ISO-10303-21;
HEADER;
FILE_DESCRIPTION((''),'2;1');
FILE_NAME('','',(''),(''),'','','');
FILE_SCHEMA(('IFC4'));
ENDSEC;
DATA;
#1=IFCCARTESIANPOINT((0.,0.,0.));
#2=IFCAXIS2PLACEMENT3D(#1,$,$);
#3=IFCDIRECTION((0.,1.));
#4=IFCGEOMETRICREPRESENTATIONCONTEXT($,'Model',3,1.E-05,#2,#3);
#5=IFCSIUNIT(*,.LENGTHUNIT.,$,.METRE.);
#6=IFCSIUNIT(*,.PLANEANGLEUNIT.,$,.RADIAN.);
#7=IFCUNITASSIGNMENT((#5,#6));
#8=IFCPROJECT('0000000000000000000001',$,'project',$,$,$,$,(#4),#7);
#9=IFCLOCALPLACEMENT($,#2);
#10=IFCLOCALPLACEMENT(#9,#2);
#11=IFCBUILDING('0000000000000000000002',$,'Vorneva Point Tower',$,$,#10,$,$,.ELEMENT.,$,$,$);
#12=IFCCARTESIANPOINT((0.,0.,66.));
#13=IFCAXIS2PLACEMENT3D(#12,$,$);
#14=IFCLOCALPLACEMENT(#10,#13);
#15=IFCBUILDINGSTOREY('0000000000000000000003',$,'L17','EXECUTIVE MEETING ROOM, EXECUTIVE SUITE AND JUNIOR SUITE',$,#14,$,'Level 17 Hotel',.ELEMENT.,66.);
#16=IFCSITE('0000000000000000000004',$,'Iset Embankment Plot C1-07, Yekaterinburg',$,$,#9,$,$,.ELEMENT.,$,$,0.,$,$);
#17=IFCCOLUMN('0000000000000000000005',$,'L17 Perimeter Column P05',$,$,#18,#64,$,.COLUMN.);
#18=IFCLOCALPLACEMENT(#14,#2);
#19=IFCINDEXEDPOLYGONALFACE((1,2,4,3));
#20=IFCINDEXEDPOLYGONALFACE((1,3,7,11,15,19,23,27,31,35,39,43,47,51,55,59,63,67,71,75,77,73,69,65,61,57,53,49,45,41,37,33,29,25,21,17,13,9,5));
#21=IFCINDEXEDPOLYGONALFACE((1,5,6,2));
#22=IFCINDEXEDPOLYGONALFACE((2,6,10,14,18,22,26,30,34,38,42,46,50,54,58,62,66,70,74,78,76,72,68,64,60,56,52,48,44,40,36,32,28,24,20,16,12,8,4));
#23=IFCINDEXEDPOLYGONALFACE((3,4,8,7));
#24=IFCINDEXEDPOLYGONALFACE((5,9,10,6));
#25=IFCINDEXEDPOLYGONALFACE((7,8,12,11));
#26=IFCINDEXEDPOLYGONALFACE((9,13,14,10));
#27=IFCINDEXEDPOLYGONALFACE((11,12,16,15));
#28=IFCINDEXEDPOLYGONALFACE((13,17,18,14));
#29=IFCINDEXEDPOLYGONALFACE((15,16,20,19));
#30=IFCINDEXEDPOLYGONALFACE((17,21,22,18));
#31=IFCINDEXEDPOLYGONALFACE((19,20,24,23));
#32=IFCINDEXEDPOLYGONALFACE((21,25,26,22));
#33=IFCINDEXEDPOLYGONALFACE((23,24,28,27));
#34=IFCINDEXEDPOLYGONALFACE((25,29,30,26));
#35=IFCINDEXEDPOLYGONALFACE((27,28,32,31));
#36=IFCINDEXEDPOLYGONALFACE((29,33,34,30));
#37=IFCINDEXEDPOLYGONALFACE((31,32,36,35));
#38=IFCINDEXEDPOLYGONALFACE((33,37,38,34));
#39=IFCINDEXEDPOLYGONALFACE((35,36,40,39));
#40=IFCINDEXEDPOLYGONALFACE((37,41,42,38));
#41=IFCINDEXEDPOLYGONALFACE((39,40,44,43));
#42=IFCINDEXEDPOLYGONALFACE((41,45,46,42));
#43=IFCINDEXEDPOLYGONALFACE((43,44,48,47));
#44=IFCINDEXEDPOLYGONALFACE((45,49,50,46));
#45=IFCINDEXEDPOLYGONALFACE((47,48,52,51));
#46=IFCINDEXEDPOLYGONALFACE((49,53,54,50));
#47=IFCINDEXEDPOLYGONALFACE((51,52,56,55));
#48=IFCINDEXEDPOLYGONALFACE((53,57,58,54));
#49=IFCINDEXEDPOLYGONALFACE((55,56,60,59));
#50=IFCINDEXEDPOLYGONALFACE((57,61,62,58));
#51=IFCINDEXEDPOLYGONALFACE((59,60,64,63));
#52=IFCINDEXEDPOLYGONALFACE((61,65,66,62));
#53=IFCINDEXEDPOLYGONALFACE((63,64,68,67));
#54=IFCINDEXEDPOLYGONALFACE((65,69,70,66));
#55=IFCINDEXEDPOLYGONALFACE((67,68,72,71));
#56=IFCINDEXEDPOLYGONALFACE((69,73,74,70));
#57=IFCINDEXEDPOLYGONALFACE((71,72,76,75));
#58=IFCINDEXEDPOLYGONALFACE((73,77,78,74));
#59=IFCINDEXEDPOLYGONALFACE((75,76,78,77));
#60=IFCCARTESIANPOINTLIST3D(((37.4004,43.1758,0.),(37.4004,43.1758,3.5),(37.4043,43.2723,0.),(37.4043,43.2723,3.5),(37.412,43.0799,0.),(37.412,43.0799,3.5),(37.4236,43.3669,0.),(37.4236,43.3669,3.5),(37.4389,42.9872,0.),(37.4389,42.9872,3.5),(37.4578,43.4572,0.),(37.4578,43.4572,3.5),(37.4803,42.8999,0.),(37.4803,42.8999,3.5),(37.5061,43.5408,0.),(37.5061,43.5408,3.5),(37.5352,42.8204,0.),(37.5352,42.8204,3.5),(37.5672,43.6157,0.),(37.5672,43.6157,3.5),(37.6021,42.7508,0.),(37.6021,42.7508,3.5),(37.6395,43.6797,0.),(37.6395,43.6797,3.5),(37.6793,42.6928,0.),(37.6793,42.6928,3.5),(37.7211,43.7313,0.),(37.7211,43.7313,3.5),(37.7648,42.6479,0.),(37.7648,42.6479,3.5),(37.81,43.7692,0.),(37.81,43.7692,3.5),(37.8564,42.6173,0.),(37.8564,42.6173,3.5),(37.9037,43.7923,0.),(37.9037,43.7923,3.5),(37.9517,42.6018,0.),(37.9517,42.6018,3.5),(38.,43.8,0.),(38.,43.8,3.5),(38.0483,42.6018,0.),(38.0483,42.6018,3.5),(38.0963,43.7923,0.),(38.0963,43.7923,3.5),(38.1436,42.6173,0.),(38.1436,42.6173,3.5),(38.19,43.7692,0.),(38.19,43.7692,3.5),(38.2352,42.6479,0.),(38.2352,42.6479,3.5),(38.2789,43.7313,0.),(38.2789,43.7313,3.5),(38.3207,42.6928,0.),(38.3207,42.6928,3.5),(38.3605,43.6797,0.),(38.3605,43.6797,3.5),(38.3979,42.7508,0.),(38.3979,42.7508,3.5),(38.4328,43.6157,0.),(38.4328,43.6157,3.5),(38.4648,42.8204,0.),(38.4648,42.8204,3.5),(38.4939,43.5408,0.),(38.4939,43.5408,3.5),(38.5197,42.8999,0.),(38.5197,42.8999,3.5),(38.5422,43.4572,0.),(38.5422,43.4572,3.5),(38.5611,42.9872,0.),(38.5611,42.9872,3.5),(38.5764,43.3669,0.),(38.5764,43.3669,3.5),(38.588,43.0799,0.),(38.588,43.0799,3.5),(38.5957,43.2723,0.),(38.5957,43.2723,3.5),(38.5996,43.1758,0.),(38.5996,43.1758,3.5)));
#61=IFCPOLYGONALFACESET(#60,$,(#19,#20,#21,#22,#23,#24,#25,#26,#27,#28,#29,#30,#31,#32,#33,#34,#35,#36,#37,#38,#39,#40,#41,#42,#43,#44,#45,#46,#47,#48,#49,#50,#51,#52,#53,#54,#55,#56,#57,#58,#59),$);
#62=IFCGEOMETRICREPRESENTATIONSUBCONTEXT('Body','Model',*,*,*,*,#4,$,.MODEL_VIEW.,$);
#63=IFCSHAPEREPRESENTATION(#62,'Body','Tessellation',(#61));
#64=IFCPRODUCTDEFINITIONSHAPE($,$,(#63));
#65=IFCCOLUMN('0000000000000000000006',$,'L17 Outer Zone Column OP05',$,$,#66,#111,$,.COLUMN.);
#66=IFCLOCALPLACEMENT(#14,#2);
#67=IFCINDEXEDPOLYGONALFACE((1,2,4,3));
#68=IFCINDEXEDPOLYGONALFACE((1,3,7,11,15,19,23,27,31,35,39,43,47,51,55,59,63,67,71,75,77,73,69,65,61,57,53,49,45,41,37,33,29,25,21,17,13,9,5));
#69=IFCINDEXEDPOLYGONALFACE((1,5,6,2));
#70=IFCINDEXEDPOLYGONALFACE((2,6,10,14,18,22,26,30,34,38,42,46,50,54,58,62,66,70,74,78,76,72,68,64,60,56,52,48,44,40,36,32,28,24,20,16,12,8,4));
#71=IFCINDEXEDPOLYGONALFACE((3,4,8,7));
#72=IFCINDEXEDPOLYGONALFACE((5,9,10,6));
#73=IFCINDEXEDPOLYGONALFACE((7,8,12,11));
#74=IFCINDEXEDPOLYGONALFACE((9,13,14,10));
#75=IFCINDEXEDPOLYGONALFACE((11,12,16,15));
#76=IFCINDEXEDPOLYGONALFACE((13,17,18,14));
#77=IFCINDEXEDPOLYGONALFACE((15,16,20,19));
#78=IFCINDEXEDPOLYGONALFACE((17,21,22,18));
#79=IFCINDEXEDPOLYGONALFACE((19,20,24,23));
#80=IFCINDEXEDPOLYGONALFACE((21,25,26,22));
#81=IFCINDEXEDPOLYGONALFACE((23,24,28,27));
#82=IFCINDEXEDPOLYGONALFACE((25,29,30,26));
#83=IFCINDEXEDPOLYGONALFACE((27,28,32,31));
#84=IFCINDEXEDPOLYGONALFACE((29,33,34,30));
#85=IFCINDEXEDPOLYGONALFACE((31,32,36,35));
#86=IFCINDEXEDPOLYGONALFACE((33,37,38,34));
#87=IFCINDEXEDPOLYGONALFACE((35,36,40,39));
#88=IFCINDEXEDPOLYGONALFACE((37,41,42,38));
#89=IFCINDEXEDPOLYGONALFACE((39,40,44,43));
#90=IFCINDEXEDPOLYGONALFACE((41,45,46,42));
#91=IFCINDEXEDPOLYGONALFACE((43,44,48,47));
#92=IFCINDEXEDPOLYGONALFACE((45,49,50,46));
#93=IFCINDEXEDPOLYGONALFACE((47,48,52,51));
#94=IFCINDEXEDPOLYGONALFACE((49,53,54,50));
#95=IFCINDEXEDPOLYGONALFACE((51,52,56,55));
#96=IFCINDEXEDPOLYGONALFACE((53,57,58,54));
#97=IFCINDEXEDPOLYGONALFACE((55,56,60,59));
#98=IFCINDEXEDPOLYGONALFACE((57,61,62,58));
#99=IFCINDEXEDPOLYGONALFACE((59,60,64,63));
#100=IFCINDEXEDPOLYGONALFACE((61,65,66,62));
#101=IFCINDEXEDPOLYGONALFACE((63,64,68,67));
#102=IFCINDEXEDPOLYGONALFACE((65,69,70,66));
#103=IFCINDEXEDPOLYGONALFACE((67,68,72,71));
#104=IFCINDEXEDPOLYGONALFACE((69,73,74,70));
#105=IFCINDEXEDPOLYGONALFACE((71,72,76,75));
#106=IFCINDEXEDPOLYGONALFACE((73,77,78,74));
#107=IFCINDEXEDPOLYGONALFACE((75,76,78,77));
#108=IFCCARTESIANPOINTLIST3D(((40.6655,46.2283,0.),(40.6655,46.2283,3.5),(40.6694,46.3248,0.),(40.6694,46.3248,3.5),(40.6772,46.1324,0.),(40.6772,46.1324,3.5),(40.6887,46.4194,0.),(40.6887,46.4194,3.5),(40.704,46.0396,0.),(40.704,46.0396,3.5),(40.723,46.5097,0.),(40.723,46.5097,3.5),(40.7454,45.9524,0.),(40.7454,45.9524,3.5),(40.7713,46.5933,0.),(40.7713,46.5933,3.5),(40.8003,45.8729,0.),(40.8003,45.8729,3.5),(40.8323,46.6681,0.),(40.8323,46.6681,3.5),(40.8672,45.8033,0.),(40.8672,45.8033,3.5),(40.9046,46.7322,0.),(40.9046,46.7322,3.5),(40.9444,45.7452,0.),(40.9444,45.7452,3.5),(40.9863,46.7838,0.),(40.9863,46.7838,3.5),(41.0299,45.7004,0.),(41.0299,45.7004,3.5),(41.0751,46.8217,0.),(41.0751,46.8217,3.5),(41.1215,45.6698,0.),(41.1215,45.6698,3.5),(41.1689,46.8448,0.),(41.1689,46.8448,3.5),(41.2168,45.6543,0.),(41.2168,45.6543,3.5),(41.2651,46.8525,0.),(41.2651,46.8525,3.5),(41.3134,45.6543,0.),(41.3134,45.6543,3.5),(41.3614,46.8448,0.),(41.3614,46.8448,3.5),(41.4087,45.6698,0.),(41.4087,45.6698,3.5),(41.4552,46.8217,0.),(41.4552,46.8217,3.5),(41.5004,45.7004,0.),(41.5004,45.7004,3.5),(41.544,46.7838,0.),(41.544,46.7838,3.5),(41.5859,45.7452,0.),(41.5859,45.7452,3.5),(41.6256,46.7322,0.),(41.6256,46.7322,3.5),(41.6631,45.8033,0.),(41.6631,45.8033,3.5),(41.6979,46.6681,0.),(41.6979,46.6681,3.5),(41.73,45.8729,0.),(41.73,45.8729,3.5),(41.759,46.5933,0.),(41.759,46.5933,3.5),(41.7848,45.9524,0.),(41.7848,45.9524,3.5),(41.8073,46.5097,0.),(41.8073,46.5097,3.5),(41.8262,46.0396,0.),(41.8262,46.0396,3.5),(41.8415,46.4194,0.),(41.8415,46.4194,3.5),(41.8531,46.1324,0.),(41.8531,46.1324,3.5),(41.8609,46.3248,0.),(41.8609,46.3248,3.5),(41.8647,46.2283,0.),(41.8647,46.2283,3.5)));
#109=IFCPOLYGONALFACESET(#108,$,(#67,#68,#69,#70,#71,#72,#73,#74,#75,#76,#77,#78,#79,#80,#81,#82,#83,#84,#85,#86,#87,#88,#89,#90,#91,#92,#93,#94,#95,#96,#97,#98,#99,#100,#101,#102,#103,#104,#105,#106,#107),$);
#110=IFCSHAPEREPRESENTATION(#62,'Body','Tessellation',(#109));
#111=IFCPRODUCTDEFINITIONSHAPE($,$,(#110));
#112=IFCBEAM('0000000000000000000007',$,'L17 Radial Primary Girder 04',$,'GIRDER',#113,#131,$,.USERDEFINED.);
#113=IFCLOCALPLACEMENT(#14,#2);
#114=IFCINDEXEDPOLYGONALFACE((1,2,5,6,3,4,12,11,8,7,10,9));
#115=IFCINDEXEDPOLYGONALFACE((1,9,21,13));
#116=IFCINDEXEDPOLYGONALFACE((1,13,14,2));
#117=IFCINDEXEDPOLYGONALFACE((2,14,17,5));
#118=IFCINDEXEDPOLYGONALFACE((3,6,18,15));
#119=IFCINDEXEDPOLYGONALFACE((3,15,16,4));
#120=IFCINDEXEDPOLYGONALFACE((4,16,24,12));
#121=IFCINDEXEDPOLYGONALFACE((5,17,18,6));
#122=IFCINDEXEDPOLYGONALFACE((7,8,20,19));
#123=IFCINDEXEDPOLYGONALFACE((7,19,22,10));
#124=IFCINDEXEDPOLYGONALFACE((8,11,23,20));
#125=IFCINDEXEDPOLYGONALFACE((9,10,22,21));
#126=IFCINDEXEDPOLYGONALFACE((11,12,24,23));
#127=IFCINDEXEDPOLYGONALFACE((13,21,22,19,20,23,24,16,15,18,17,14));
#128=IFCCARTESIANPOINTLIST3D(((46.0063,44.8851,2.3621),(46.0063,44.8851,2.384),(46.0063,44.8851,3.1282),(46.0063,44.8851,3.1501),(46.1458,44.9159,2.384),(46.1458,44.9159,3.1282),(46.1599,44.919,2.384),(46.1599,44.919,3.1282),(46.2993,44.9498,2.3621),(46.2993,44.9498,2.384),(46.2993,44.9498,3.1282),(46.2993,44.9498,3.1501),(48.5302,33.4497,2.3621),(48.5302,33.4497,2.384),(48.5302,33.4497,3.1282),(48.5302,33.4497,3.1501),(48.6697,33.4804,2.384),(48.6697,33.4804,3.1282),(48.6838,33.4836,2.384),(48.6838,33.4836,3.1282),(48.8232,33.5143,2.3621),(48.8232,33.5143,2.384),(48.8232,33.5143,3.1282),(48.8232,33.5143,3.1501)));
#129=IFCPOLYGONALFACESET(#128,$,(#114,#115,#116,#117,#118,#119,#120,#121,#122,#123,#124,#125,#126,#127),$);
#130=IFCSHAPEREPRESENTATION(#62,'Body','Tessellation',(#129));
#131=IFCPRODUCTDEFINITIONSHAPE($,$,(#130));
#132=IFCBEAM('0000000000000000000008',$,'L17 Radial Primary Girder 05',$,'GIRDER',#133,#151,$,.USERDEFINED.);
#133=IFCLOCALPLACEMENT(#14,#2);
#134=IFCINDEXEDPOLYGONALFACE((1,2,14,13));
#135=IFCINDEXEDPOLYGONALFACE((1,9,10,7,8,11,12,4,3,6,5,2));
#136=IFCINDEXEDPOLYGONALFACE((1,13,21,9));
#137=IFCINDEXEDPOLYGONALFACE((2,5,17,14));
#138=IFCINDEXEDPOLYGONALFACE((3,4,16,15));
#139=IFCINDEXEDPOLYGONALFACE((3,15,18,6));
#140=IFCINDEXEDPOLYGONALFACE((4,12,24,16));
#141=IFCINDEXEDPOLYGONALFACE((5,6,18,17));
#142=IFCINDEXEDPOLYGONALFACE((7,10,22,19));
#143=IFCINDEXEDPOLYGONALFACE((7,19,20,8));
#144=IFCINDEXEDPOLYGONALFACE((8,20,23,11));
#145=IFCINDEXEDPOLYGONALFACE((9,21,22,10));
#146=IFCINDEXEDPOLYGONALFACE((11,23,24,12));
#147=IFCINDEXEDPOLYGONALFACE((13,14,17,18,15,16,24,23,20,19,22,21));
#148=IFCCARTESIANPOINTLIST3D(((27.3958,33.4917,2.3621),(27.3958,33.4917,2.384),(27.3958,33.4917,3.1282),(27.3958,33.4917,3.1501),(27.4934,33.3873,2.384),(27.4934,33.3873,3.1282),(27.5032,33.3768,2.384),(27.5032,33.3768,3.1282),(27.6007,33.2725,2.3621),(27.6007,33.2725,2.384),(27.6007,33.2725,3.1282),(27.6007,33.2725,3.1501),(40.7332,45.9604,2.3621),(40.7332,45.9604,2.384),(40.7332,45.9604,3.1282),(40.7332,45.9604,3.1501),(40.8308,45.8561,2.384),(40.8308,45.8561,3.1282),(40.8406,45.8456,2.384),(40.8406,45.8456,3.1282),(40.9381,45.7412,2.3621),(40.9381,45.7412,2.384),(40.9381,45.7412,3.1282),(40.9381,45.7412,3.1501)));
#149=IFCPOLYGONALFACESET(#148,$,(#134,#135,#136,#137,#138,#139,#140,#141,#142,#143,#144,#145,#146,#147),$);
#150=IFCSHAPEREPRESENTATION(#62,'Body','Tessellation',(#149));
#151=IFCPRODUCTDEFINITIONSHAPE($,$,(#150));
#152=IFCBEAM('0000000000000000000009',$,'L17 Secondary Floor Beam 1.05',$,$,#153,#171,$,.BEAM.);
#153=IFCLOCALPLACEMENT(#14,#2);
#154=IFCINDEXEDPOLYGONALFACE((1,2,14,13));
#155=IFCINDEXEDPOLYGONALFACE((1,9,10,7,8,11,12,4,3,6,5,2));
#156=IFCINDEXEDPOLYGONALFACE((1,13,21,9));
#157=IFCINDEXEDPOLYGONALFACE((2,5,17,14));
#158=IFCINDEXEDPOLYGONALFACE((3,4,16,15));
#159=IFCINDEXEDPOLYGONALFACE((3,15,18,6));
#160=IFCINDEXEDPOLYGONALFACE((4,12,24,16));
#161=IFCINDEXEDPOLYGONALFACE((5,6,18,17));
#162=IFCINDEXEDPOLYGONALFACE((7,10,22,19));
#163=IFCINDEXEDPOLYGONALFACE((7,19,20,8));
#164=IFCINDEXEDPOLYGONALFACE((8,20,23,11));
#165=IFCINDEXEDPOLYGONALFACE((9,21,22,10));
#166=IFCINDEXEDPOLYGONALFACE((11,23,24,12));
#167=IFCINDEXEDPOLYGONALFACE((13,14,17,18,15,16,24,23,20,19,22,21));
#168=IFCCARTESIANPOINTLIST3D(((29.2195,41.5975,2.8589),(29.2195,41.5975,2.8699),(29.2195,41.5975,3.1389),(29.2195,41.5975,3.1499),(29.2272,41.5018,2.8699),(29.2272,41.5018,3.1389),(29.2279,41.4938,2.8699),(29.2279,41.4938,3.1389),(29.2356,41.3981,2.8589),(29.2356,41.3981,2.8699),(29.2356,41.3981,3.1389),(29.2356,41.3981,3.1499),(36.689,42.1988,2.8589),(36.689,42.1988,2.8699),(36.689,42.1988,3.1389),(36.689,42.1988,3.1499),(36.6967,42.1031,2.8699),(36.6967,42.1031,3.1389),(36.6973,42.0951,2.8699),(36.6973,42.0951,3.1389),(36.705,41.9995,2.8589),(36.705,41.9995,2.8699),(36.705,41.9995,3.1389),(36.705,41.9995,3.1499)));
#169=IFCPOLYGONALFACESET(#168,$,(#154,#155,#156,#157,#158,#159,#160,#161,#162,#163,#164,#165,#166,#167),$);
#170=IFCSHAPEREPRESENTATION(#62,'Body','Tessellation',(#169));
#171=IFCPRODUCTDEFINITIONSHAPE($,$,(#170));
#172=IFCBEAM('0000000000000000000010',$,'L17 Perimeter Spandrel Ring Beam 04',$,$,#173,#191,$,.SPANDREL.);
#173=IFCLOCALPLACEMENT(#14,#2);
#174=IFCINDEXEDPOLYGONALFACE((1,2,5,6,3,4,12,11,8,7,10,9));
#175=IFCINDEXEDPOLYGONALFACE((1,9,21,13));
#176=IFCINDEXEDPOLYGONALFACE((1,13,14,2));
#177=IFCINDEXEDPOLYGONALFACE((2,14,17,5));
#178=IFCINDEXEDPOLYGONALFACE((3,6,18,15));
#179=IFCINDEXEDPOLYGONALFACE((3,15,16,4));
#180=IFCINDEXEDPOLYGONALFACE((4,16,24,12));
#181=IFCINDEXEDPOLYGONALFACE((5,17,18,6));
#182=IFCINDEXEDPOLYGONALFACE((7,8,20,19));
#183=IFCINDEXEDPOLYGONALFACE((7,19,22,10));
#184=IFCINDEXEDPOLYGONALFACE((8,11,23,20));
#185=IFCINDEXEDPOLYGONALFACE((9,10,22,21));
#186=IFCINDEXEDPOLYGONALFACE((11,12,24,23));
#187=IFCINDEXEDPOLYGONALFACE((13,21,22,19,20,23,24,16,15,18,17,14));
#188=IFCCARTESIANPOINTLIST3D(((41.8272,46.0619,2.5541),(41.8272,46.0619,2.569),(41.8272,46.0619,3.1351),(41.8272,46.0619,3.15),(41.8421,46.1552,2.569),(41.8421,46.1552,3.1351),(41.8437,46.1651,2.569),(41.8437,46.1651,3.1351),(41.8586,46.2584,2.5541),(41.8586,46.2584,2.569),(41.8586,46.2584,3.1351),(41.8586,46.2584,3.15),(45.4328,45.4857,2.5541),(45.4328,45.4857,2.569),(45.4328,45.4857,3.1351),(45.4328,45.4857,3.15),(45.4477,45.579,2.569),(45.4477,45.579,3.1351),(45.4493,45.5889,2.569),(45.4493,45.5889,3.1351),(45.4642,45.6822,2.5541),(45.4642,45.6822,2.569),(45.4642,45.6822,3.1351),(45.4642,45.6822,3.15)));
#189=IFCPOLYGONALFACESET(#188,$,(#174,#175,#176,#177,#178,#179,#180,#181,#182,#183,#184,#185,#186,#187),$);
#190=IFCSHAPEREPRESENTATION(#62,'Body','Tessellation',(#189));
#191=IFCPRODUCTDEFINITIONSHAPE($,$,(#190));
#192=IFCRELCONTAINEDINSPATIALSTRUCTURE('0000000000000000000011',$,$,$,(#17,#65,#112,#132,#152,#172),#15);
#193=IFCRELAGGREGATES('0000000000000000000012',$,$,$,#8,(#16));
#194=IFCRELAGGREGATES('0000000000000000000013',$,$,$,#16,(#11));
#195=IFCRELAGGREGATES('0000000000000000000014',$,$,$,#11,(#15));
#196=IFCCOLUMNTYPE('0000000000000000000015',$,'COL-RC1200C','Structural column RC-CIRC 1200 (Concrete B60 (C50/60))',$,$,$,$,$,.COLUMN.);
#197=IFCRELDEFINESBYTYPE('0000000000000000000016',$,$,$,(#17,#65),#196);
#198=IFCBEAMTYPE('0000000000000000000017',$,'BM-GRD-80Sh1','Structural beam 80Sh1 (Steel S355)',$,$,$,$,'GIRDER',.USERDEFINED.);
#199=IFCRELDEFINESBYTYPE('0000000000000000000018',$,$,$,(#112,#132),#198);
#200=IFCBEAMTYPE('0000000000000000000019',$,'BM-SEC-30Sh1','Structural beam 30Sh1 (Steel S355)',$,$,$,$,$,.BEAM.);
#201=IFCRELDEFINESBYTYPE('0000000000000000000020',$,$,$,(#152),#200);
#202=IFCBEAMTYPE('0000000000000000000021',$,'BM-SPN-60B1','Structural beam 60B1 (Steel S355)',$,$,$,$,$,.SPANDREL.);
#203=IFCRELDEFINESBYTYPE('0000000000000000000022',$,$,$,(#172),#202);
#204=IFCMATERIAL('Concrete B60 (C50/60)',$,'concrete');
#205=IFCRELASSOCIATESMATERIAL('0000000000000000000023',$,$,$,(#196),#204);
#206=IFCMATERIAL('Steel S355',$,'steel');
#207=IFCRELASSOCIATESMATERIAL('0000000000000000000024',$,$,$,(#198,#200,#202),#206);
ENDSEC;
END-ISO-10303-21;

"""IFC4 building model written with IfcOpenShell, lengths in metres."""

from ifc_helpers import new_model, si_unit, direction, frame, origin, origin_2d, place, context, subcontext, project, spatial, circle, i_section, extrude, material, material_profile, profile_set, type_object, element, save


model = new_model("IFC4")

# Units and contexts
model_context = context("Model", 3, precision=1e-05, world=origin(), true_north=direction((0.0, 1.0)))
body_context = subcontext(model_context, "Body", "Model", "MODEL_VIEW")
ifc_project = project(units=[si_unit("LENGTHUNIT", "METRE"), si_unit("PLANEANGLEUNIT", "RADIAN")], contexts=[model_context])

# Site, building, storey
site_placement = place(None, origin())
site = spatial("IfcSite", under=ifc_project, at=site_placement, Name="Iset Embankment Plot C1-07, Yekaterinburg", CompositionType="ELEMENT", RefElevation=0.0)
building_placement = place(site_placement, origin())
building = spatial("IfcBuilding", under=site, at=building_placement, Name="Vorneva Point Tower", CompositionType="ELEMENT")
storey_placement = place(building_placement, frame((0.0, 0.0, 66.0)))
storey = spatial("IfcBuildingStorey", under=building, at=storey_placement, Name="L17", Description="EXECUTIVE MEETING ROOM, EXECUTIVE SUITE AND JUNIOR SUITE", LongName="Level 17 Hotel", CompositionType="ELEMENT", Elevation=66.0)

# Columns
ifc_material_1 = material(Name="Concrete B60 (C50/60)", Category="concrete")
ifc_material_profile_1 = material_profile(ifc_material_1, circle(Radius=0.6001, at=origin_2d()), Name="RC-CIRC 1200")
ifc_profile_set_1 = profile_set([ifc_material_profile_1], Name="Concrete B60 (C50/60)")
column_type = type_object("IfcColumnType", Name="COL-RC1200C", Description="Structural column RC-CIRC 1200 (Concrete B60 (C50/60))", PredefinedType="COLUMN", material=ifc_profile_set_1)
for number, where, z_axis, x_axis, name in (
    (1, (38.0, 43.2, 0.0), (0.0, 0.0, 1.0), (0.0, 1.0, 0.0), "L17 Perimeter Column P05"),
    (2, (41.2651, 46.2524, 0.0), (0.0, 0.0, 1.0), (0.0, 1.0, 0.0), "L17 Outer Zone Column OP05"),
):
    element("IfcColumn", number, at=place(storey_placement, frame(where, z_axis=z_axis, x_axis=x_axis)), inside=storey, type_object=column_type, Name=name, PredefinedType="COLUMN", context=body_context, shape_type="SweptSolid", body=[
        extrude(circle(Radius=0.6001, at=origin_2d()), origin(), (0.0, 0.0, 1.0), 3.5),
    ])

# Beams
ifc_material_2 = material(Name="Steel S355", Category="steel")
ifc_material_profile_2 = material_profile(ifc_material_2, i_section(OverallWidth=0.3, OverallDepth=0.7881, WebThickness=0.0144, FlangeThickness=0.022, at=origin_2d()), Name="80Sh1")
ifc_profile_set_2 = profile_set([ifc_material_profile_2], Name="Steel S355")
beam_type_1 = type_object("IfcBeamType", Name="BM-GRD-80Sh1", Description="Structural beam 80Sh1 (Steel S355)", ElementType="GIRDER", PredefinedType="USERDEFINED", material=ifc_profile_set_2)
beam_1_placement = place(storey_placement, frame((46.1528, 44.9175, 2.7561), z_axis=(0.215522, -0.976499, 0.0), x_axis=(0.976499, 0.215522, 0.0)))
element("IfcBeam", 3, at=beam_1_placement, inside=storey, type_object=beam_type_1, Name="L17 Radial Primary Girder 04", ObjectType="GIRDER", PredefinedType="USERDEFINED", context=body_context, shape_type="SweptSolid", body=[
    extrude(i_section(OverallWidth=0.3, OverallDepth=0.7881, WebThickness=0.0144, FlangeThickness=0.022, at=origin_2d()), origin(), (0.0, 0.0, 1.0), 11.7107),
])
beam_2_placement = place(storey_placement, frame((40.8357, 45.8508, 2.7561), z_axis=(-0.730495, -0.682918, 0.0), x_axis=(0.682918, -0.730495, 0.0)))
element("IfcBeam", 4, at=beam_2_placement, inside=storey, type_object=beam_type_1, Name="L17 Radial Primary Girder 05", ObjectType="GIRDER", PredefinedType="USERDEFINED", context=body_context, shape_type="SweptSolid", body=[
    extrude(i_section(OverallWidth=0.3, OverallDepth=0.7881, WebThickness=0.0144, FlangeThickness=0.022, at=origin_2d()), origin(), (0.0, 0.0, 1.0), 18.2581),
])
ifc_material_profile_3 = material_profile(ifc_material_2, i_section(OverallWidth=0.2, OverallDepth=0.291, WebThickness=0.0081, FlangeThickness=0.011, at=origin_2d()), Name="30Sh1")
ifc_profile_set_3 = profile_set([ifc_material_profile_3], Name="Steel S355")
beam_type_2 = type_object("IfcBeamType", Name="BM-SEC-30Sh1", Description="Structural beam 30Sh1 (Steel S355)", PredefinedType="BEAM", material=ifc_profile_set_3)
beam_3_placement = place(storey_placement, frame((36.697, 42.0991, 3.0044), z_axis=(-0.996775, -0.080244, 0.0), x_axis=(0.080244, -0.996775, 0.0)))
element("IfcBeam", 5, at=beam_3_placement, inside=storey, type_object=beam_type_2, Name="L17 Secondary Floor Beam 1.05", PredefinedType="BEAM", context=body_context, shape_type="SweptSolid", body=[
    extrude(i_section(OverallWidth=0.2, OverallDepth=0.291, WebThickness=0.0081, FlangeThickness=0.011, at=origin_2d()), origin(), (0.0, 0.0, 1.0), 7.4937),
])
ifc_material_profile_4 = material_profile(ifc_material_2, i_section(OverallWidth=0.199, OverallDepth=0.5959, WebThickness=0.01, FlangeThickness=0.0149, at=origin_2d()), Name="60B1")
ifc_profile_set_4 = profile_set([ifc_material_profile_4], Name="Steel S355")
beam_type_3 = type_object("IfcBeamType", Name="BM-SPN-60B1", Description="Structural beam 60B1 (Steel S355)", PredefinedType="SPANDREL", material=ifc_profile_set_4)
beam_4_placement = place(storey_placement, frame((45.4485, 45.584, 2.8521), z_axis=(-0.987472, 0.157792, 0.0), x_axis=(-0.157792, -0.987472, 0.0)))
element("IfcBeam", 6, at=beam_4_placement, inside=storey, type_object=beam_type_3, Name="L17 Perimeter Spandrel Ring Beam 04", PredefinedType="SPANDREL", context=body_context, shape_type="SweptSolid", body=[
    extrude(i_section(OverallWidth=0.199, OverallDepth=0.5959, WebThickness=0.01, FlangeThickness=0.0149, at=origin_2d()), origin(), (0.0, 0.0, 1.0), 3.6514),
])

save(model, "model.ifc")
